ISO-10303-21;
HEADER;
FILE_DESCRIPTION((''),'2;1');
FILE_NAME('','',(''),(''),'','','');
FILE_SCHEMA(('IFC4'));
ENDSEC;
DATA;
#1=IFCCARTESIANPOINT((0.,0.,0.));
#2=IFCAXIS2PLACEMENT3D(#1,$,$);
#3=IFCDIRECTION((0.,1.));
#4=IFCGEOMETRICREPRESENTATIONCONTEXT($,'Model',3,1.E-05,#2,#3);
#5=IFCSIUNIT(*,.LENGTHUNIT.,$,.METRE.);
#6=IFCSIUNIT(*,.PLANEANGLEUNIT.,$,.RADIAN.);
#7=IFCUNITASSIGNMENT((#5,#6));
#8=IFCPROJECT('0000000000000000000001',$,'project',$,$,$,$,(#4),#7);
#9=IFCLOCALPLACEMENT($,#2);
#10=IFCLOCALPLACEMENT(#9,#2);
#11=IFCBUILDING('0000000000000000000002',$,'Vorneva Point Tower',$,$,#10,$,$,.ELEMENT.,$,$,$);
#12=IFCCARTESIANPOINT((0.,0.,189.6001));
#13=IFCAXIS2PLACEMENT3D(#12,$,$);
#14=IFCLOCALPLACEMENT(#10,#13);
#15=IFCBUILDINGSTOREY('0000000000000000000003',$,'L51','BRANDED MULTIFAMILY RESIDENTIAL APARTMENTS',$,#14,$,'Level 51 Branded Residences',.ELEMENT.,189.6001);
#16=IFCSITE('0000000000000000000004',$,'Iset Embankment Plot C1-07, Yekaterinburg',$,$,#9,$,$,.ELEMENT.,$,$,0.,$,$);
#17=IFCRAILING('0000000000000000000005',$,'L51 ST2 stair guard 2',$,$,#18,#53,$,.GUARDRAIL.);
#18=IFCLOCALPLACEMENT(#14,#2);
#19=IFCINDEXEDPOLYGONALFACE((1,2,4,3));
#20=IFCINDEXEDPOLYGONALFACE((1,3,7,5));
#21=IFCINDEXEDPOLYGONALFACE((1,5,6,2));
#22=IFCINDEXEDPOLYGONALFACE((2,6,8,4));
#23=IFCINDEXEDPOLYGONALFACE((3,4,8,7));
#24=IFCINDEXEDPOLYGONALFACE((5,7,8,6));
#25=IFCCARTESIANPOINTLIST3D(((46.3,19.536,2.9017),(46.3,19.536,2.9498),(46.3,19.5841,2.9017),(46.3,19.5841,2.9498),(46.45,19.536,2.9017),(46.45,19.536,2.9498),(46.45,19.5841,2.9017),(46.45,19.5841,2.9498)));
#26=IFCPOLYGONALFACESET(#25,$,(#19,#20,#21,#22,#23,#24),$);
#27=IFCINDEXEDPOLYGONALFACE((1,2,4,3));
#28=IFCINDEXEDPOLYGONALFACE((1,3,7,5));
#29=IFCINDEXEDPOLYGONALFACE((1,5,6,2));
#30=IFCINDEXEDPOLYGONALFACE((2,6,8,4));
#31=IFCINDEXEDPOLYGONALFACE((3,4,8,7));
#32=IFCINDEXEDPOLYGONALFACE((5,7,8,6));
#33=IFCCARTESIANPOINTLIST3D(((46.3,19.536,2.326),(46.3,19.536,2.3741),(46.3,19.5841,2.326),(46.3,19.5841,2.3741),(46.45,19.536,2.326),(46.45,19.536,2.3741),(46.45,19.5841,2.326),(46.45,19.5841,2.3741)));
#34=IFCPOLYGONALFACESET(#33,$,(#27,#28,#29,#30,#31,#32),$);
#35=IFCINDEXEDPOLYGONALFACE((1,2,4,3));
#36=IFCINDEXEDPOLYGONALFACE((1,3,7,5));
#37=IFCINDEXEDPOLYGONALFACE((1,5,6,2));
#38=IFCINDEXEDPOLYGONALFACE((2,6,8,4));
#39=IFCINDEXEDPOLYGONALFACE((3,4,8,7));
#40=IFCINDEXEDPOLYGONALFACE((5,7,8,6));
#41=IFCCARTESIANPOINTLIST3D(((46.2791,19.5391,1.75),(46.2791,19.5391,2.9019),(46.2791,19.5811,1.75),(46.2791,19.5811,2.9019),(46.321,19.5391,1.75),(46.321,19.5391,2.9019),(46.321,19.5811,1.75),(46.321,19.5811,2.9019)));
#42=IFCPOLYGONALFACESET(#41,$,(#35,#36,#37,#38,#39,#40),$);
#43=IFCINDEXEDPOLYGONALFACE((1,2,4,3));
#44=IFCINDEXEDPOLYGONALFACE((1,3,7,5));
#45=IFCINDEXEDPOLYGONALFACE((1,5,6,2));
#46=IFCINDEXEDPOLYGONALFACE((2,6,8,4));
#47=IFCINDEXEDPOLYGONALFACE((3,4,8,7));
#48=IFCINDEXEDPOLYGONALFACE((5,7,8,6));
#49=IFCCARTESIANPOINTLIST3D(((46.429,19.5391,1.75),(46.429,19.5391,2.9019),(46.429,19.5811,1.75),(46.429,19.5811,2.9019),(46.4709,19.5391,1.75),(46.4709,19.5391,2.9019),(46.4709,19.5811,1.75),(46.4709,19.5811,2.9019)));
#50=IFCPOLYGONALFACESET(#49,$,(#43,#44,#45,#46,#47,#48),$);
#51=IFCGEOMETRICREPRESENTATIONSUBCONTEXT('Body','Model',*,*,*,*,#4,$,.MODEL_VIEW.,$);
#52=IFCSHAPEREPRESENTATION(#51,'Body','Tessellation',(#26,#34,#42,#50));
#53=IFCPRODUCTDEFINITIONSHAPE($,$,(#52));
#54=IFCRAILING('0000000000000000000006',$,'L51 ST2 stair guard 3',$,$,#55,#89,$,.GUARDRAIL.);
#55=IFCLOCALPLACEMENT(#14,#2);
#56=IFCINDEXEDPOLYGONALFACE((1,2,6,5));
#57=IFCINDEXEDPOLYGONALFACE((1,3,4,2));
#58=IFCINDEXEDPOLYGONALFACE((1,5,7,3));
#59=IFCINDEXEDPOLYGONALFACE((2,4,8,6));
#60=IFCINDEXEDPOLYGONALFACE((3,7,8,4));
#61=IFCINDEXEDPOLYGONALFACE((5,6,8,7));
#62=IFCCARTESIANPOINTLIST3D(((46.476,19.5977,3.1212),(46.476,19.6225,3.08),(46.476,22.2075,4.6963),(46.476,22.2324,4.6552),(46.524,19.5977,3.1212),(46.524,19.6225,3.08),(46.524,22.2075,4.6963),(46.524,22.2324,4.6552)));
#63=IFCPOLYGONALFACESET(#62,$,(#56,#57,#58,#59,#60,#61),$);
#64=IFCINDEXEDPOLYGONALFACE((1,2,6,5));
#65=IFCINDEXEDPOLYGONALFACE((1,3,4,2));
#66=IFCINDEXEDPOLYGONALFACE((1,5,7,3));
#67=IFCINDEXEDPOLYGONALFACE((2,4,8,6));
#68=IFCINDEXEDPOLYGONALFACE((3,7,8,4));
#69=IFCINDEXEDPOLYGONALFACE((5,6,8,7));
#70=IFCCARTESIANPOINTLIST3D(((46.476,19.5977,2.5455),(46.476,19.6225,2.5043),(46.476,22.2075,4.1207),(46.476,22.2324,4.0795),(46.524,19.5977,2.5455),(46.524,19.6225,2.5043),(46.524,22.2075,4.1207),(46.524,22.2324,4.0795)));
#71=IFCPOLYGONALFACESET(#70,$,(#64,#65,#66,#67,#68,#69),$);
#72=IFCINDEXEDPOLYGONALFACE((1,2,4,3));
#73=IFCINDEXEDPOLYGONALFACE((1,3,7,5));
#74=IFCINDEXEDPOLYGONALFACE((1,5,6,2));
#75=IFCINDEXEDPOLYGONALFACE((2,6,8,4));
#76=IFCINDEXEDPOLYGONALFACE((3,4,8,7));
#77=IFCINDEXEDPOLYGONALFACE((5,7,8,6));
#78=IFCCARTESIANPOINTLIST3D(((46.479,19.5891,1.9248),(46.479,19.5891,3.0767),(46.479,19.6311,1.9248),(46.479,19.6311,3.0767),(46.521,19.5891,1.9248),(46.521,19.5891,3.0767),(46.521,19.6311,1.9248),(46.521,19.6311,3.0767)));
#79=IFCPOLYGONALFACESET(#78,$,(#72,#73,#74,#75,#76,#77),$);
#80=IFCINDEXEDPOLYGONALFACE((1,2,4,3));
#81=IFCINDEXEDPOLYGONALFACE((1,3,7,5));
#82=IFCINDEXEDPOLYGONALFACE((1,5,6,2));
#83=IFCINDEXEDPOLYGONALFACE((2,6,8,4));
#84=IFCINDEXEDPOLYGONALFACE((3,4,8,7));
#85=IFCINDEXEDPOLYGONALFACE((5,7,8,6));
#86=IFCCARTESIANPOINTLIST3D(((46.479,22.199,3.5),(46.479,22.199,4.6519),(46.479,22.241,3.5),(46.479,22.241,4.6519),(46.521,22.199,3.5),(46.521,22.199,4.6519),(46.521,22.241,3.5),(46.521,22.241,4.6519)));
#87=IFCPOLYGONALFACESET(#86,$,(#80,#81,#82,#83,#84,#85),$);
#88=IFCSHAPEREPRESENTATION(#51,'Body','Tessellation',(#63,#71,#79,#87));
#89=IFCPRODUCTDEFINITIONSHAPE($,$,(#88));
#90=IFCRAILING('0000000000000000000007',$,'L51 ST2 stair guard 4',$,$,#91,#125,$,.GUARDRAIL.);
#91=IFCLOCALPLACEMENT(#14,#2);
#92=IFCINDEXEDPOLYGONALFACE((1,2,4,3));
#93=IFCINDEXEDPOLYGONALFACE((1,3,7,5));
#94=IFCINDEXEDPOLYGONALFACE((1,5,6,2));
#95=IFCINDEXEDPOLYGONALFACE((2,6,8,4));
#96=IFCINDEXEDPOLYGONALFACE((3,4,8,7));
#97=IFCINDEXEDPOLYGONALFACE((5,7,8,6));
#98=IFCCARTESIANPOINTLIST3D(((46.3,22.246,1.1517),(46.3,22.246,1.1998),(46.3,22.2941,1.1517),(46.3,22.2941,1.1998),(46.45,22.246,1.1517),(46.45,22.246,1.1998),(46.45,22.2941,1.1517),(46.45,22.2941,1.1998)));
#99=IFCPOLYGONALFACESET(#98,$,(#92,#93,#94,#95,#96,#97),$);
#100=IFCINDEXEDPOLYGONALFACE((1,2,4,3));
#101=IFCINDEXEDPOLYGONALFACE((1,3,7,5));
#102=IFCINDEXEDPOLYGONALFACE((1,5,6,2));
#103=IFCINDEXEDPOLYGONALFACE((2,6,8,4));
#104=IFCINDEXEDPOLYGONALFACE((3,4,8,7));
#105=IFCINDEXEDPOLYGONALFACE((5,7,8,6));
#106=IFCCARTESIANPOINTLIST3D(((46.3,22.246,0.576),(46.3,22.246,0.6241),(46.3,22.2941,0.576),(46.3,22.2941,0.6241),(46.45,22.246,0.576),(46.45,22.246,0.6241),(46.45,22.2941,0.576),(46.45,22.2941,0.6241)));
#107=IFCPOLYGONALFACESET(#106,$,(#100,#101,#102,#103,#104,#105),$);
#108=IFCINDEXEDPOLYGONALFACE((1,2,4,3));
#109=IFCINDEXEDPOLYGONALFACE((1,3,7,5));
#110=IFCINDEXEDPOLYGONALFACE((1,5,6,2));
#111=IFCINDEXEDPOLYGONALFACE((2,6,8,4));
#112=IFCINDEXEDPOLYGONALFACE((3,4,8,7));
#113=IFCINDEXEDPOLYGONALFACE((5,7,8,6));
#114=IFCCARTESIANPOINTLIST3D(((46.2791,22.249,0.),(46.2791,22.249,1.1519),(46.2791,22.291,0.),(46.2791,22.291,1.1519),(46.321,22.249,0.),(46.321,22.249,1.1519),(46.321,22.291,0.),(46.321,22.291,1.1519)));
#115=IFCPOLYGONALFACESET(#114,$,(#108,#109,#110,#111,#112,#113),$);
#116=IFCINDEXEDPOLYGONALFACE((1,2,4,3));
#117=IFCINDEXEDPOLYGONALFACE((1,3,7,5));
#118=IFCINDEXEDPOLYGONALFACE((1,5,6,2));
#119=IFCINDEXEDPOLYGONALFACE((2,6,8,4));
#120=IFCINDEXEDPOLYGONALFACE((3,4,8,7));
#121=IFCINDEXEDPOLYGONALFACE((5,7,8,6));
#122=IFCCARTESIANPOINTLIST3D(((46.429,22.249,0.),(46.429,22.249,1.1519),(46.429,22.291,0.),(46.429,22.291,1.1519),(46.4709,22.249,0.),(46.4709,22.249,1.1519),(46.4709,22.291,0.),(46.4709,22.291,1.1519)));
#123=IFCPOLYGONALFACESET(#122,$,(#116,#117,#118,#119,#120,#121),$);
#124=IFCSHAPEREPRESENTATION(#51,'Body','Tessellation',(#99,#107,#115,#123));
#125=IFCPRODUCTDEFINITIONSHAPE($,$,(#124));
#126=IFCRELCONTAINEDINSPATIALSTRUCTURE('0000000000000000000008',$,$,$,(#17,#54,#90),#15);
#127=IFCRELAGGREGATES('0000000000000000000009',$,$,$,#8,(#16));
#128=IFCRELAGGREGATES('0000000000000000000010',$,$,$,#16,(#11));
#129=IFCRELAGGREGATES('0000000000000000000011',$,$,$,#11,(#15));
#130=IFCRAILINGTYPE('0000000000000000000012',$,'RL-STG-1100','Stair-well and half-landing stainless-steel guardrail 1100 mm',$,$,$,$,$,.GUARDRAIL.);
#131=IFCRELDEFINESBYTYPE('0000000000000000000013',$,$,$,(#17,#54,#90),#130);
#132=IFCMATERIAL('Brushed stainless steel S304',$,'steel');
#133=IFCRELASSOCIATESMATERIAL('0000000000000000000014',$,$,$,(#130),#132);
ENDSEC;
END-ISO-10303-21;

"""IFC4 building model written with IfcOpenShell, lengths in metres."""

from ifc_helpers import new_model, si_unit, direction, frame, origin, origin_2d, place, context, subcontext, project, spatial, rectangle, extrude, material, type_object, element, save


model = new_model("IFC4")

# Units and contexts
model_context = context("Model", 3, precision=1e-05, world=origin(), true_north=direction((0.0, 1.0)))
body_context = subcontext(model_context, "Body", "Model", "MODEL_VIEW")
ifc_project = project(units=[si_unit("LENGTHUNIT", "METRE"), si_unit("PLANEANGLEUNIT", "RADIAN")], contexts=[model_context])

# Site, building, storey
site_placement = place(None, origin())
site = spatial("IfcSite", under=ifc_project, at=site_placement, Name="Iset Embankment Plot C1-07, Yekaterinburg", CompositionType="ELEMENT", RefElevation=0.0)
building_placement = place(site_placement, origin())
building = spatial("IfcBuilding", under=site, at=building_placement, Name="Vorneva Point Tower", CompositionType="ELEMENT")
storey_placement = place(building_placement, frame((0.0, 0.0, 189.6001)))
storey = spatial("IfcBuildingStorey", under=building, at=storey_placement, Name="L51", Description="BRANDED MULTIFAMILY RESIDENTIAL APARTMENTS", LongName="Level 51 Branded Residences", CompositionType="ELEMENT", Elevation=189.6001)

# Railings
ifc_material_1 = material(Name="Brushed stainless steel S304", Category="steel")
railing_type_1 = type_object("IfcRailingType", Name="RL-STG-1100", Description="Stair-well and half-landing stainless-steel guardrail 1100 mm", PredefinedType="GUARDRAIL", material=ifc_material_1)
railing_1_placement = place(storey_placement, frame((46.3, 19.5601, 1.75)))
element("IfcRailing", 1, at=railing_1_placement, inside=storey, type_object=railing_type_1, Name="L51 ST2 stair guard 2", PredefinedType="GUARDRAIL", context=body_context, shape_type="SweptSolid", body=[
    extrude(rectangle(XDim=0.0481, YDim=0.0481, at=origin_2d()), frame((0.0, 0.0, 1.1758), z_axis=(1.0, 0.0, 0.0), x_axis=(0.0, 1.0, 0.0)), (0.0, 0.0, 1.0), 0.1499),
    extrude(rectangle(XDim=0.0481, YDim=0.0481, at=origin_2d()), frame((0.0, 0.0, 0.6001), z_axis=(1.0, 0.0, 0.0), x_axis=(0.0, 1.0, 0.0)), (0.0, 0.0, 1.0), 0.1499),
    extrude(rectangle(XDim=0.042, YDim=0.042, at=origin_2d()), origin(), (0.0, 0.0, 1.0), 1.1519),
    extrude(rectangle(XDim=0.042, YDim=0.042, at=origin_2d()), frame((0.1499, 0.0, 0.0)), (0.0, 0.0, 1.0), 1.1519),
])
railing_2_placement = place(storey_placement, frame((46.5, 19.6101, 1.9248)))
element("IfcRailing", 2, at=railing_2_placement, inside=storey, type_object=railing_type_1, Name="L51 ST2 stair guard 3", PredefinedType="GUARDRAIL", context=body_context, shape_type="SweptSolid", body=[
    extrude(rectangle(XDim=0.0481, YDim=0.0481, at=origin_2d()), frame((0.0, 0.0, 1.1758), z_axis=(0.0, 0.856147, 0.516732), x_axis=(-1.0, 0.0, 0.0)), (0.0, 0.0, 1.0), 3.0483),
    extrude(rectangle(XDim=0.0481, YDim=0.0481, at=origin_2d()), frame((0.0, 0.0, 0.6001), z_axis=(0.0, 0.856147, 0.516732), x_axis=(-1.0, 0.0, 0.0)), (0.0, 0.0, 1.0), 3.0483),
    extrude(rectangle(XDim=0.042, YDim=0.042, at=origin_2d()), origin(), (0.0, 0.0, 1.0), 1.1519),
    extrude(rectangle(XDim=0.042, YDim=0.042, at=origin_2d()), frame((0.0, 2.6099, 1.5752)), (0.0, 0.0, 1.0), 1.1519),
])
railing_3_placement = place(storey_placement, frame((46.3, 22.27, 0.0)))
element("IfcRailing", 3, at=railing_3_placement, inside=storey, type_object=railing_type_1, Name="L51 ST2 stair guard 4", PredefinedType="GUARDRAIL", context=body_context, shape_type="SweptSolid", body=[
    extrude(rectangle(XDim=0.0481, YDim=0.0481, at=origin_2d()), frame((0.0, 0.0, 1.1758), z_axis=(1.0, 0.0, 0.0), x_axis=(0.0, 1.0, 0.0)), (0.0, 0.0, 1.0), 0.1499),
    extrude(rectangle(XDim=0.0481, YDim=0.0481, at=origin_2d()), frame((0.0, 0.0, 0.6001), z_axis=(1.0, 0.0, 0.0), x_axis=(0.0, 1.0, 0.0)), (0.0, 0.0, 1.0), 0.1499),
    extrude(rectangle(XDim=0.042, YDim=0.042, at=origin_2d()), origin(), (0.0, 0.0, 1.0), 1.1519),
    extrude(rectangle(XDim=0.042, YDim=0.042, at=origin_2d()), frame((0.1499, 0.0, 0.0)), (0.0, 0.0, 1.0), 1.1519),
])

save(model, "model.ifc")
